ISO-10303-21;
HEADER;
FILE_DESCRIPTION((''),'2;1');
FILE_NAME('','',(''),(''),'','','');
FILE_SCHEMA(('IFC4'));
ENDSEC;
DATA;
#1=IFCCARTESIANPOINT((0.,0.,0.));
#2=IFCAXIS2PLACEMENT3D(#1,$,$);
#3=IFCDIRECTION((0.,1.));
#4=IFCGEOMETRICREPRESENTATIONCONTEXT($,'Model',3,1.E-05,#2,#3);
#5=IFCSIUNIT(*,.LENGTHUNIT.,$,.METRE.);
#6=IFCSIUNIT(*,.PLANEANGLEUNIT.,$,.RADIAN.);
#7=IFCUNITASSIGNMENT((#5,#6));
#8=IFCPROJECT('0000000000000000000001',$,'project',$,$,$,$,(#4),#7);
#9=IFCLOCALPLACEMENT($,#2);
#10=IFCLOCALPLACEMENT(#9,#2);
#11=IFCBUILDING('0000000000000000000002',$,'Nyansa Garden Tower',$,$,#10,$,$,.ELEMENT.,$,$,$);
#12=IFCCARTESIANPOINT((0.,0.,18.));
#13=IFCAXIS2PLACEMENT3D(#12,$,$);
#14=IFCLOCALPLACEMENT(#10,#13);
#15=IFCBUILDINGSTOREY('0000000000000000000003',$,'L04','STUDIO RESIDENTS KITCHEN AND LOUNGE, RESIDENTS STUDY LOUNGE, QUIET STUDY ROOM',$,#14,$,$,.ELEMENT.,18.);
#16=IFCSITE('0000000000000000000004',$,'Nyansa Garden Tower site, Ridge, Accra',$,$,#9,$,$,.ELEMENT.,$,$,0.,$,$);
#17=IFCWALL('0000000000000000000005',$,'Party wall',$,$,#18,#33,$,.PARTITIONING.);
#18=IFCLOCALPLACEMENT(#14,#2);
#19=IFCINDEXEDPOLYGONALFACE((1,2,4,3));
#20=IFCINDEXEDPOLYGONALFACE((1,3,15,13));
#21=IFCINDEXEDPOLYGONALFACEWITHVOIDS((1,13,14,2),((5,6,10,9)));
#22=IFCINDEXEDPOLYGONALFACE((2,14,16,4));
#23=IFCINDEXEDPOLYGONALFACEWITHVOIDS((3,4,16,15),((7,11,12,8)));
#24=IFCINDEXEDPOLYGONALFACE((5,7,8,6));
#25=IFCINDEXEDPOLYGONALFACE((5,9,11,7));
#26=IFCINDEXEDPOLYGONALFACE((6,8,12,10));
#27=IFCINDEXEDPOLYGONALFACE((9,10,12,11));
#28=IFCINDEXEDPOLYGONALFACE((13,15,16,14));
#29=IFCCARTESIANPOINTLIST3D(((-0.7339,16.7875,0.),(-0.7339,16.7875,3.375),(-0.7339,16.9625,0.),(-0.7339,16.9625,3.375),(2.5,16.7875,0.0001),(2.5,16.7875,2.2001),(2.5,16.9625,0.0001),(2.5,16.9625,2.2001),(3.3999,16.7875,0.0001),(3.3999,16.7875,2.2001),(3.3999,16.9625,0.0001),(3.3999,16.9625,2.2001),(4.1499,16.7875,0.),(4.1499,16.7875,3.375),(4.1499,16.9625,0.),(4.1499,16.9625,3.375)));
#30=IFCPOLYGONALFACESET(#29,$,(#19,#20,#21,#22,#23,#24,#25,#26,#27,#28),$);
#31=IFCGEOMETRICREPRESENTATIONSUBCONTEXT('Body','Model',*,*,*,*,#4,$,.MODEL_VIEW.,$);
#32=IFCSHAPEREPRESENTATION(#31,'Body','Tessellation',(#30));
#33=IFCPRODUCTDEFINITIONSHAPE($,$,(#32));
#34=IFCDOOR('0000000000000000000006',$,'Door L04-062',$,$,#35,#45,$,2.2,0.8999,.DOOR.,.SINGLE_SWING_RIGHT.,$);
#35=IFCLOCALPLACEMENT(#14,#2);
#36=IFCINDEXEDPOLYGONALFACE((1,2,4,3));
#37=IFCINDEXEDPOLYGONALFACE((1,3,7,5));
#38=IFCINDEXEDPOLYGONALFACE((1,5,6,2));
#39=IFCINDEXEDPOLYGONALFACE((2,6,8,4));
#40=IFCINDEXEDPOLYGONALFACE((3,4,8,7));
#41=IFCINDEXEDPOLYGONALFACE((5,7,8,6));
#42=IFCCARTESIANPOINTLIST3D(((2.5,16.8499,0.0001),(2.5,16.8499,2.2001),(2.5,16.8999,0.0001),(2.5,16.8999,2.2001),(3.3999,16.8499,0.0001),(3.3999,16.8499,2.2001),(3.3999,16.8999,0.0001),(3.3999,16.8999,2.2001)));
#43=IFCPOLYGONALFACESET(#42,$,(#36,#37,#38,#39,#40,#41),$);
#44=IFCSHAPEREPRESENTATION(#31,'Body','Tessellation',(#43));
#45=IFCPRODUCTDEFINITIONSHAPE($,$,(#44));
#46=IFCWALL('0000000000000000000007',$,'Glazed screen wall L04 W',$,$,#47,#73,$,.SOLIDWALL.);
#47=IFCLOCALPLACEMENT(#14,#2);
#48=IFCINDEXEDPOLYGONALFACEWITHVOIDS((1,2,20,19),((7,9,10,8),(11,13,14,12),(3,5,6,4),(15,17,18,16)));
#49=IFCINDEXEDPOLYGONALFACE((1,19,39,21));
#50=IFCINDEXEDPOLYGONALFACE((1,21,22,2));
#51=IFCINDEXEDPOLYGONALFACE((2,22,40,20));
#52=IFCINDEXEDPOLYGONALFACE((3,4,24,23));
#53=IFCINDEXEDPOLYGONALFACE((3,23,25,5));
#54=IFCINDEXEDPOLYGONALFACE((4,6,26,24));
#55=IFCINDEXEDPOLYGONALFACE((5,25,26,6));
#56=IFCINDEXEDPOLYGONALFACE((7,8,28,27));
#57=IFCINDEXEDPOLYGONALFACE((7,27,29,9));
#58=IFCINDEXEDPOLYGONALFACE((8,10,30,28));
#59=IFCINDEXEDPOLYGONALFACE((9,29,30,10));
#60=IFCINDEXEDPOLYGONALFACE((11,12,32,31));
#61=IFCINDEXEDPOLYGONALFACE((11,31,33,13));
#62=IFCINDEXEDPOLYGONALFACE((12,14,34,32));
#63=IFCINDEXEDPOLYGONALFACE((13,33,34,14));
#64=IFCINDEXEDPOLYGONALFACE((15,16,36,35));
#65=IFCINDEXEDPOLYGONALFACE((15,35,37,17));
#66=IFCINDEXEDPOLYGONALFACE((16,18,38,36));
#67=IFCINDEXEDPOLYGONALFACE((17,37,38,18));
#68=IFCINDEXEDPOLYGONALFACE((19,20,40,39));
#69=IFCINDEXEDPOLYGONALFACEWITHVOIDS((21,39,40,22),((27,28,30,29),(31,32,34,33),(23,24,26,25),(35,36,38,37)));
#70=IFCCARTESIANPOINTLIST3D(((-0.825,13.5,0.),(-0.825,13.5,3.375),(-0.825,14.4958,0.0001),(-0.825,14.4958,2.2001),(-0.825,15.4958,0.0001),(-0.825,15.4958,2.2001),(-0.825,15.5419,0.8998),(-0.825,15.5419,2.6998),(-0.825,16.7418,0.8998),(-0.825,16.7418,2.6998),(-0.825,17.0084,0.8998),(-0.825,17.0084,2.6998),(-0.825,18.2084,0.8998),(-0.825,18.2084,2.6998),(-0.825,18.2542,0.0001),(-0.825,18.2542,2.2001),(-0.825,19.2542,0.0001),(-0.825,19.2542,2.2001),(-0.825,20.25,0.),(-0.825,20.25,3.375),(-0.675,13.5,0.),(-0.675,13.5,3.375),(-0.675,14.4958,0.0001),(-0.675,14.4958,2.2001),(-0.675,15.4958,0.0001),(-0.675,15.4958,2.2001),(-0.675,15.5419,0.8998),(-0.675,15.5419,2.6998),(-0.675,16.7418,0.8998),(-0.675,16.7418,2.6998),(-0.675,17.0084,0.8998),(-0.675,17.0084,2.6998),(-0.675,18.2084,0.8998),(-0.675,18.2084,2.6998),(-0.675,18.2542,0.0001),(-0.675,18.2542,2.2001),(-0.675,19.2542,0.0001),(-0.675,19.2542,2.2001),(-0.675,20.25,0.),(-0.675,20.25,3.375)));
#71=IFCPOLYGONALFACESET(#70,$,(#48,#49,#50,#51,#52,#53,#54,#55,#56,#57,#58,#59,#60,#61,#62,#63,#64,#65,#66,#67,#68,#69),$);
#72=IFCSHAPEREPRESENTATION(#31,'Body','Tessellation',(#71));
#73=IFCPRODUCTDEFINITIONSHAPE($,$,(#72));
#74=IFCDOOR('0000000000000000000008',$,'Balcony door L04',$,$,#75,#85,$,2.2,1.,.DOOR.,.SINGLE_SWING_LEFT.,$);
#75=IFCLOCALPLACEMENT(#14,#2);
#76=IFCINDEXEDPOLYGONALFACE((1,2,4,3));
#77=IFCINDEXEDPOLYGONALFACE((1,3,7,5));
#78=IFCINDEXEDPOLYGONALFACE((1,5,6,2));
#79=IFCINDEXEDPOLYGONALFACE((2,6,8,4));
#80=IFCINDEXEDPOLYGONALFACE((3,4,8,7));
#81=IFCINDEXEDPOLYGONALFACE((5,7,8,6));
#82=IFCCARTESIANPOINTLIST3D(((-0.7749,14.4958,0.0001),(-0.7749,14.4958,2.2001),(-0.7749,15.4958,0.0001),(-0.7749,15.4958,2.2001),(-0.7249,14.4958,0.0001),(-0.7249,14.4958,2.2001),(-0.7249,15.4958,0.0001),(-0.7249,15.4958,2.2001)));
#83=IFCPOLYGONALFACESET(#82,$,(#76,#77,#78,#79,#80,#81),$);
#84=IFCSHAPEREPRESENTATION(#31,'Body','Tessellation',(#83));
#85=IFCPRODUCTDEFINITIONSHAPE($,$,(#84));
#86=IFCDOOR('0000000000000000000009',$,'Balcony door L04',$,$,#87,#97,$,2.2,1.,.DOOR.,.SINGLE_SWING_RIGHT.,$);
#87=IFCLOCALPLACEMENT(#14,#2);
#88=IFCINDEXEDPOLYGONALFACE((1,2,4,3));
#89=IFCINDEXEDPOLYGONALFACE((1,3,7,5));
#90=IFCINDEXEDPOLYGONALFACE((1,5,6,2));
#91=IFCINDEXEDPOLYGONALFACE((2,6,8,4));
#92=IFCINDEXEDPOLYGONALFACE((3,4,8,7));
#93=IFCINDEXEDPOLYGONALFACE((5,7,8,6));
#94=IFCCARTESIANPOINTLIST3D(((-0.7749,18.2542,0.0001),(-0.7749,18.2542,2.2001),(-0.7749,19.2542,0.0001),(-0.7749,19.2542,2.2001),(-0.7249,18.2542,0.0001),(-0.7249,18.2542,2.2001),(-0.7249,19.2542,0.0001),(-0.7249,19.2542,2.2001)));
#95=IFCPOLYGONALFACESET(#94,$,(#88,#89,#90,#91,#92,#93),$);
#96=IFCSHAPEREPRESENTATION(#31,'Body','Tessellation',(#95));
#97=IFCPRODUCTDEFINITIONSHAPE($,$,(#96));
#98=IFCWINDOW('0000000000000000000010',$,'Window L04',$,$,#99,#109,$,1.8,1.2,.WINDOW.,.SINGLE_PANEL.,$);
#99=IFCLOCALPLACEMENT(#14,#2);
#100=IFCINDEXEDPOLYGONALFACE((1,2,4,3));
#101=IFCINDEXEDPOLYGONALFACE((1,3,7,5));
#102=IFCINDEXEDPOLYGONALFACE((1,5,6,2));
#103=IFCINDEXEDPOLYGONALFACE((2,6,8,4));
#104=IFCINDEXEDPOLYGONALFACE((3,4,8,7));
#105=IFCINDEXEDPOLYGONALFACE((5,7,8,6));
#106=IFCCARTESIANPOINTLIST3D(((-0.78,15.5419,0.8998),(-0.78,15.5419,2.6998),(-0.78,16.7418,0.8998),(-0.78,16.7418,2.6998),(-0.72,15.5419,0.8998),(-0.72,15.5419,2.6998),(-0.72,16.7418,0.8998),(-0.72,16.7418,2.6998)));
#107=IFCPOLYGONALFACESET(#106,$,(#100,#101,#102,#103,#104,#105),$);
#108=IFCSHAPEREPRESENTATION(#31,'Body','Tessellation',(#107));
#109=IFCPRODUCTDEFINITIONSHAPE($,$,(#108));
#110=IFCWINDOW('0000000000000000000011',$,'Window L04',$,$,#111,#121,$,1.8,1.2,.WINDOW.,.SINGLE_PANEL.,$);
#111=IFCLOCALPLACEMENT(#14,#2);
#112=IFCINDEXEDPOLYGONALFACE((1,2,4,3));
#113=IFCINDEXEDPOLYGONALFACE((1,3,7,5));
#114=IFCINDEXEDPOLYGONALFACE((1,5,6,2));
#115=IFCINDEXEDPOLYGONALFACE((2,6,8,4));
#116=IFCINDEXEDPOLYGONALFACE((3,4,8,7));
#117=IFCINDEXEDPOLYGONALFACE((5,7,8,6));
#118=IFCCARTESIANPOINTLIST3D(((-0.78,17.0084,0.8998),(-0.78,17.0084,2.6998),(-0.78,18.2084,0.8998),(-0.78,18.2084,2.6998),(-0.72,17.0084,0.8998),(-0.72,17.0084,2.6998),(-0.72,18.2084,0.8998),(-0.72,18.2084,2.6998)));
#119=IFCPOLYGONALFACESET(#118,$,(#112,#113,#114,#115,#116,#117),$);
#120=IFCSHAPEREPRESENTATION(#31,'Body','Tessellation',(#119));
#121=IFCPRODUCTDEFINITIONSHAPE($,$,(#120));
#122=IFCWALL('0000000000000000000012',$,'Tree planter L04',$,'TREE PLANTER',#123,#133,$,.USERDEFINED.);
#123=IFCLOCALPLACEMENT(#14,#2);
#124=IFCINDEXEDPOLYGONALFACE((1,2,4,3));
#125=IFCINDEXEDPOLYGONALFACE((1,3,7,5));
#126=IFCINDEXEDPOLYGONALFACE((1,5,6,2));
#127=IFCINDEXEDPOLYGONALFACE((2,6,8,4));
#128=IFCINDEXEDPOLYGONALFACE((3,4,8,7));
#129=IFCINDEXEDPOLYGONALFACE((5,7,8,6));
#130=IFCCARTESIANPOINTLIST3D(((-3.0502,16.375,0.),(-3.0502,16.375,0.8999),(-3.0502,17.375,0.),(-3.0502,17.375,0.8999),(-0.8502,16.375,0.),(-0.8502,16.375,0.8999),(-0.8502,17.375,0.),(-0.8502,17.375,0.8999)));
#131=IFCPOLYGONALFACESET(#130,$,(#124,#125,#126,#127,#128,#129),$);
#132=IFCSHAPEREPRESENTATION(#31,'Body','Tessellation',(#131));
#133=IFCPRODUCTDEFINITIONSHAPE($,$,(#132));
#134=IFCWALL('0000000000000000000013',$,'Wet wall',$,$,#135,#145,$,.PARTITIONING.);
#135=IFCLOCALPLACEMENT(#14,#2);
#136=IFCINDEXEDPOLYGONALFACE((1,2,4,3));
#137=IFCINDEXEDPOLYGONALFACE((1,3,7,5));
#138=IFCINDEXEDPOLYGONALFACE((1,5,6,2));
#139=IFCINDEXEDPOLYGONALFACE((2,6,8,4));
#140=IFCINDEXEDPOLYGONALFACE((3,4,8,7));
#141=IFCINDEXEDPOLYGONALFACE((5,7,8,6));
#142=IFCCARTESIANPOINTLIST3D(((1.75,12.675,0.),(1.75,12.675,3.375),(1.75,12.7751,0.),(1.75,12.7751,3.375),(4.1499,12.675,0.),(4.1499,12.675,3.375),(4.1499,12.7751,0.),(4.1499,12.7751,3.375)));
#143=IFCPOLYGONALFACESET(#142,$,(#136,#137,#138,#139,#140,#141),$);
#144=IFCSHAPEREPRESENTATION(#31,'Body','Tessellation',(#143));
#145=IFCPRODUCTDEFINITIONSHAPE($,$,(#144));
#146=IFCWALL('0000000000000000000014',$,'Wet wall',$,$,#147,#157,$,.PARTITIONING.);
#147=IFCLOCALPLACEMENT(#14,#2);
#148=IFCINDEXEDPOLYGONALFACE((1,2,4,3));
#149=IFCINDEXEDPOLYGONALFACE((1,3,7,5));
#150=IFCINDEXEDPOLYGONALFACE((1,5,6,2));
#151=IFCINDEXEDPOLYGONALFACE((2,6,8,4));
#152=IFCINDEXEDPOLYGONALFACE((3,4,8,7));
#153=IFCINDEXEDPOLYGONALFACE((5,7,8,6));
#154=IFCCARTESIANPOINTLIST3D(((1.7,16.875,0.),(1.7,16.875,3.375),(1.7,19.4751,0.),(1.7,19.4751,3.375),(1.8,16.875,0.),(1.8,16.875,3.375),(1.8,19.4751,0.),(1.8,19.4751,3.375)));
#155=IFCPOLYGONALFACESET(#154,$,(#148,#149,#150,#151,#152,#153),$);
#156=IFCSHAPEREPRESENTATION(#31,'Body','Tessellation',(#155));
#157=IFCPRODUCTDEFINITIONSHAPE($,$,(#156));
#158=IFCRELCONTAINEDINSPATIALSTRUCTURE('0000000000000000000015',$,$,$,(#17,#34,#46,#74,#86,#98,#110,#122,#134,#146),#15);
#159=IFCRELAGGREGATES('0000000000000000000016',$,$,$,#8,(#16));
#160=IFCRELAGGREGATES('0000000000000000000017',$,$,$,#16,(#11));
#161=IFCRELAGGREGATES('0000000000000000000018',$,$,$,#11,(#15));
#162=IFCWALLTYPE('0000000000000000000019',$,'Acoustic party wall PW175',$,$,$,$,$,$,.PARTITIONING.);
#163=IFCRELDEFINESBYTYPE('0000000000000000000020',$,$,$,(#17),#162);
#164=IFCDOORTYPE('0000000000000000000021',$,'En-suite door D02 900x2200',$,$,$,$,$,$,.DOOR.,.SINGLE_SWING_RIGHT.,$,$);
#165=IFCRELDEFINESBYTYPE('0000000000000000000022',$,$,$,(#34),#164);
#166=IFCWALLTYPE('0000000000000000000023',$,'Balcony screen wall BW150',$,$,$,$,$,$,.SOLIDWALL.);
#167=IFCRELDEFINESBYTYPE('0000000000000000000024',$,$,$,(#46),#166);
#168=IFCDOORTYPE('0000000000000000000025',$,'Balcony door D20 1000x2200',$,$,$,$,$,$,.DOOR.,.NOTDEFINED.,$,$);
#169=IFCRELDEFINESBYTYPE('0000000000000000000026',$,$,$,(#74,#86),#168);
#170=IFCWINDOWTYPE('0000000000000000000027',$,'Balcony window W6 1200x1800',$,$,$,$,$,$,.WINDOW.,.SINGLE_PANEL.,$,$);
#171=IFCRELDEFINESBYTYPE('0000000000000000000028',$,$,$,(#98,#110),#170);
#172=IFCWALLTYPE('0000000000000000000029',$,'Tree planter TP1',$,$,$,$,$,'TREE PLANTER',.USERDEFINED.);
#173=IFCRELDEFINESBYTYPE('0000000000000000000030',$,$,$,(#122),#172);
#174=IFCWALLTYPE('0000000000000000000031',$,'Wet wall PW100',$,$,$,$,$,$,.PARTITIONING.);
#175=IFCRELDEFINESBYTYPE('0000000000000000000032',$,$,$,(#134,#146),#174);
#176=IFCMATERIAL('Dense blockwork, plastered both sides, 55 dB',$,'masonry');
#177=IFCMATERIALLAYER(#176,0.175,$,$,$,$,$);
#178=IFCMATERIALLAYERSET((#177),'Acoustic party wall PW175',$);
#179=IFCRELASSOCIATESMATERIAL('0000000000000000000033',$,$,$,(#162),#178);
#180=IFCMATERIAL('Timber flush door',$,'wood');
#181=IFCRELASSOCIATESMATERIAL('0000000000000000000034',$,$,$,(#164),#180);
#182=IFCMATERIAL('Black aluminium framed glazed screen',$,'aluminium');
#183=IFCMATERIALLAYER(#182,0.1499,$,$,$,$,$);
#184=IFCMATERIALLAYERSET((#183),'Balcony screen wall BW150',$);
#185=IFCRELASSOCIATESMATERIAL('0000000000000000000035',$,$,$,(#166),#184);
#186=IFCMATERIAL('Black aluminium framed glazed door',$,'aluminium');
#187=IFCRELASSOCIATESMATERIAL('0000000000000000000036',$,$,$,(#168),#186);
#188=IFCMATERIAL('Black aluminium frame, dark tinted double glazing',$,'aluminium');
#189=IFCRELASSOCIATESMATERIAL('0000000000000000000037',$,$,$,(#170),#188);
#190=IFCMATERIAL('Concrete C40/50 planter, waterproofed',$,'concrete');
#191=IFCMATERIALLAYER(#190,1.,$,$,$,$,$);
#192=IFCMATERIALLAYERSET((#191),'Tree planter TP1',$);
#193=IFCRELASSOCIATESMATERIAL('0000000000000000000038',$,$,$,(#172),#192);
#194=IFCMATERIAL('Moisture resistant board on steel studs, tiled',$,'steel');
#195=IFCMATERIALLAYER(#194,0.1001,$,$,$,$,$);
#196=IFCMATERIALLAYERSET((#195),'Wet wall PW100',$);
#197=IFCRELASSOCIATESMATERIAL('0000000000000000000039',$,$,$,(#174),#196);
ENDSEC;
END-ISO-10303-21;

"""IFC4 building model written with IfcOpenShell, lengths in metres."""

from ifc_helpers import new_model, si_unit, direction, frame, frame_2d, origin, place, context, subcontext, project, spatial, rectangle, extrude, material, layer, layer_set, type_object, element, fill, save


model = new_model("IFC4")

# Units and contexts
model_context = context("Model", 3, precision=1e-05, world=origin(), true_north=direction((0.0, 1.0)))
body_context = subcontext(model_context, "Body", "Model", "MODEL_VIEW")
ifc_project = project(units=[si_unit("LENGTHUNIT", "METRE"), si_unit("PLANEANGLEUNIT", "RADIAN")], contexts=[model_context])

# Site, building, storey
site_placement = place(None, origin())
site = spatial("IfcSite", under=ifc_project, at=site_placement, Name="Nyansa Garden Tower site, Ridge, Accra", CompositionType="ELEMENT", RefElevation=0.0)
building_placement = place(site_placement, origin())
building = spatial("IfcBuilding", under=site, at=building_placement, Name="Nyansa Garden Tower", CompositionType="ELEMENT")
storey_placement = place(building_placement, frame((0.0, 0.0, 18.0)))
storey = spatial("IfcBuildingStorey", under=building, at=storey_placement, Name="L04", Description="STUDIO RESIDENTS KITCHEN AND LOUNGE, RESIDENTS STUDY LOUNGE, QUIET STUDY ROOM", CompositionType="ELEMENT", Elevation=18.0)

# Wall, opening, door
ifc_material_1 = material(Name="Dense blockwork, plastered both sides, 55 dB", Category="masonry")
ifc_layer_1 = layer(ifc_material_1, 0.175)
ifc_layer_set_1 = layer_set([ifc_layer_1], Name="Acoustic party wall PW175")
wall_type_1 = type_object("IfcWallType", Name="Acoustic party wall PW175", PredefinedType="PARTITIONING", material=ifc_layer_set_1)
wall_1_placement = place(storey_placement, frame((-0.7339, 16.875, 0.0), z_axis=(0.0, 0.0, 1.0), x_axis=(1.0, 0.0, 0.0)))
wall_1 = element("IfcWall", 1, at=wall_1_placement, inside=storey, type_object=wall_type_1, Name="Party wall", PredefinedType="PARTITIONING", context=body_context, shape_type="SweptSolid", body=[
    extrude(rectangle(XDim=4.8838, YDim=0.175, at=frame_2d((2.4419, 0.0))), origin(), (0.0, 0.0, 1.0), 3.375),
])
opening_1_placement = place(wall_1_placement, frame((3.2339, 0.0, 0.0)))
opening_1 = element("IfcOpeningElement", 2, at=opening_1_placement, cuts=wall_1, PredefinedType="OPENING", context=body_context, shape_type="SweptSolid", body=[
    extrude(rectangle(XDim=0.8999, YDim=2.2, at=frame_2d((0.45, 1.1001))), frame((0.0, 0.0974, 0.0), z_axis=(0.0, -1.0, 0.0), x_axis=(1.0, 0.0, 0.0)), (0.0, 0.0, 1.0), 0.1951),
])
ifc_material_2 = material(Name="Timber flush door", Category="wood")
door_type_1 = type_object("IfcDoorType", Name="En-suite door D02 900x2200", OperationType="SINGLE_SWING_RIGHT", PredefinedType="DOOR", material=ifc_material_2)
door_1_placement = place(opening_1_placement, origin())
door_1 = element("IfcDoor", 3, at=door_1_placement, inside=storey, type_object=door_type_1, Name="Door L04-062", OperationType="SINGLE_SWING_RIGHT", OverallHeight=2.2, OverallWidth=0.8999, PredefinedType="DOOR", context=body_context, shape_type="SweptSolid", body=[
    extrude(rectangle(XDim=0.8999, YDim=2.2, at=frame_2d((0.45, 1.1001))), frame((0.0, 0.0249, 0.0), z_axis=(0.0, -1.0, 0.0), x_axis=(1.0, 0.0, 0.0)), (0.0, 0.0, 1.0), 0.05),
])
fill(opening_1, door_1)

# Wall, openings, doors, windows
ifc_material_3 = material(Name="Black aluminium framed glazed screen", Category="aluminium")
ifc_layer_2 = layer(ifc_material_3, 0.1499)
ifc_layer_set_2 = layer_set([ifc_layer_2], Name="Balcony screen wall BW150")
wall_type_2 = type_object("IfcWallType", Name="Balcony screen wall BW150", PredefinedType="SOLIDWALL", material=ifc_layer_set_2)
wall_2_placement = place(storey_placement, frame((-0.75, 13.5, 0.0), z_axis=(0.0, 0.0, 1.0), x_axis=(0.0, 1.0, 0.0)))
wall_2 = element("IfcWall", 4, at=wall_2_placement, inside=storey, type_object=wall_type_2, Name="Glazed screen wall L04 W", PredefinedType="SOLIDWALL", context=body_context, shape_type="SweptSolid", body=[
    extrude(rectangle(XDim=6.75, YDim=0.1499, at=frame_2d((3.375, 0.0))), origin(), (0.0, 0.0, 1.0), 3.375),
])
opening_2_placement = place(wall_2_placement, frame((0.9958, 0.0, 0.0)))
opening_2 = element("IfcOpeningElement", 5, at=opening_2_placement, cuts=wall_2, PredefinedType="OPENING", context=body_context, shape_type="SweptSolid", body=[
    extrude(rectangle(XDim=1.0, YDim=2.2, at=frame_2d((0.5, 1.1001))), frame((0.0, 0.085, 0.0), z_axis=(0.0, -1.0, 0.0), x_axis=(1.0, 0.0, 0.0)), (0.0, 0.0, 1.0), 0.1699),
])
opening_3_placement = place(wall_2_placement, frame((2.0417, 0.0, 0.8999)))
opening_3 = element("IfcOpeningElement", 6, at=opening_3_placement, cuts=wall_2, PredefinedType="OPENING", context=body_context, shape_type="SweptSolid", body=[
    extrude(rectangle(XDim=1.2, YDim=1.8, at=frame_2d((0.6001, 0.8999))), frame((0.0, 0.085, 0.0), z_axis=(0.0, -1.0, 0.0), x_axis=(1.0, 0.0, 0.0)), (0.0, 0.0, 1.0), 0.1699),
])
opening_4_placement = place(wall_2_placement, frame((4.7542, 0.0, 0.0)))
opening_4 = element("IfcOpeningElement", 7, at=opening_4_placement, cuts=wall_2, PredefinedType="OPENING", context=body_context, shape_type="SweptSolid", body=[
    extrude(rectangle(XDim=1.0, YDim=2.2, at=frame_2d((0.5, 1.1001))), frame((0.0, 0.085, 0.0), z_axis=(0.0, -1.0, 0.0), x_axis=(1.0, 0.0, 0.0)), (0.0, 0.0, 1.0), 0.1699),
])
opening_5_placement = place(wall_2_placement, frame((3.5083, 0.0, 0.8999)))
opening_5 = element("IfcOpeningElement", 8, at=opening_5_placement, cuts=wall_2, PredefinedType="OPENING", context=body_context, shape_type="SweptSolid", body=[
    extrude(rectangle(XDim=1.2, YDim=1.8, at=frame_2d((0.6001, 0.8999))), frame((0.0, 0.085, 0.0), z_axis=(0.0, -1.0, 0.0), x_axis=(1.0, 0.0, 0.0)), (0.0, 0.0, 1.0), 0.1699),
])
ifc_material_4 = material(Name="Black aluminium framed glazed door", Category="aluminium")
door_type_2 = type_object("IfcDoorType", Name="Balcony door D20 1000x2200", OperationType="NOTDEFINED", PredefinedType="DOOR", material=ifc_material_4)
door_2_placement = place(opening_2_placement, origin())
door_2 = element("IfcDoor", 9, at=door_2_placement, inside=storey, type_object=door_type_2, Name="Balcony door L04", OperationType="SINGLE_SWING_LEFT", OverallHeight=2.2, OverallWidth=1.0, PredefinedType="DOOR", context=body_context, shape_type="SweptSolid", body=[
    extrude(rectangle(XDim=1.0, YDim=2.2, at=frame_2d((0.5, 1.1001))), frame((0.0, 0.0249, 0.0), z_axis=(0.0, -1.0, 0.0), x_axis=(1.0, 0.0, 0.0)), (0.0, 0.0, 1.0), 0.05),
])
fill(opening_2, door_2)
door_3_placement = place(opening_4_placement, origin())
door_3 = element("IfcDoor", 10, at=door_3_placement, inside=storey, type_object=door_type_2, Name="Balcony door L04", OperationType="SINGLE_SWING_RIGHT", OverallHeight=2.2, OverallWidth=1.0, PredefinedType="DOOR", context=body_context, shape_type="SweptSolid", body=[
    extrude(rectangle(XDim=1.0, YDim=2.2, at=frame_2d((0.5, 1.1001))), frame((0.0, 0.0249, 0.0), z_axis=(0.0, -1.0, 0.0), x_axis=(1.0, 0.0, 0.0)), (0.0, 0.0, 1.0), 0.05),
])
fill(opening_4, door_3)
ifc_material_5 = material(Name="Black aluminium frame, dark tinted double glazing", Category="aluminium")
window_type = type_object("IfcWindowType", Name="Balcony window W6 1200x1800", PartitioningType="SINGLE_PANEL", PredefinedType="WINDOW", material=ifc_material_5)
window_1_placement = place(opening_3_placement, origin())
window_1 = element("IfcWindow", 11, at=window_1_placement, inside=storey, type_object=window_type, Name="Window L04", OverallHeight=1.8, OverallWidth=1.2, PartitioningType="SINGLE_PANEL", PredefinedType="WINDOW", context=body_context, shape_type="SweptSolid", body=[
    extrude(rectangle(XDim=1.2, YDim=1.8, at=frame_2d((0.6001, 0.8999))), frame((0.0, 0.03, 0.0), z_axis=(0.0, -1.0, 0.0), x_axis=(1.0, 0.0, 0.0)), (0.0, 0.0, 1.0), 0.0601),
])
fill(opening_3, window_1)
window_2_placement = place(opening_5_placement, origin())
window_2 = element("IfcWindow", 12, at=window_2_placement, inside=storey, type_object=window_type, Name="Window L04", OverallHeight=1.8, OverallWidth=1.2, PartitioningType="SINGLE_PANEL", PredefinedType="WINDOW", context=body_context, shape_type="SweptSolid", body=[
    extrude(rectangle(XDim=1.2, YDim=1.8, at=frame_2d((0.6001, 0.8999))), frame((0.0, 0.03, 0.0), z_axis=(0.0, -1.0, 0.0), x_axis=(1.0, 0.0, 0.0)), (0.0, 0.0, 1.0), 0.0601),
])
fill(opening_5, window_2)

# Walls
ifc_material_6 = material(Name="Concrete C40/50 planter, waterproofed", Category="concrete")
ifc_layer_3 = layer(ifc_material_6, 1.0)
ifc_layer_set_3 = layer_set([ifc_layer_3], Name="Tree planter TP1")
wall_type_3 = type_object("IfcWallType", Name="Tree planter TP1", ElementType="TREE PLANTER", PredefinedType="USERDEFINED", material=ifc_layer_set_3)
wall_3_placement = place(storey_placement, frame((-0.8501, 16.875, 0.0), z_axis=(0.0, 0.0, 1.0), x_axis=(-1.0, 0.0, 0.0)))
element("IfcWall", 13, at=wall_3_placement, inside=storey, type_object=wall_type_3, Name="Tree planter L04", ObjectType="TREE PLANTER", PredefinedType="USERDEFINED", context=body_context, shape_type="SweptSolid", body=[
    extrude(rectangle(XDim=2.2, YDim=1.0, at=frame_2d((1.1001, 0.0))), origin(), (0.0, 0.0, 1.0), 0.8999),
])
ifc_material_7 = material(Name="Moisture resistant board on steel studs, tiled", Category="steel")
ifc_layer_4 = layer(ifc_material_7, 0.1001)
ifc_layer_set_4 = layer_set([ifc_layer_4], Name="Wet wall PW100")
wall_type_4 = type_object("IfcWallType", Name="Wet wall PW100", PredefinedType="PARTITIONING", material=ifc_layer_set_4)
wall_4_placement = place(storey_placement, frame((1.75, 12.7251, 0.0), z_axis=(0.0, 0.0, 1.0), x_axis=(1.0, 0.0, 0.0)))
element("IfcWall", 14, at=wall_4_placement, inside=storey, type_object=wall_type_4, Name="Wet wall", PredefinedType="PARTITIONING", context=body_context, shape_type="SweptSolid", body=[
    extrude(rectangle(XDim=2.3999, YDim=0.1001, at=frame_2d((1.2, 0.0))), origin(), (0.0, 0.0, 1.0), 3.375),
])
wall_5_placement = place(storey_placement, frame((1.75, 16.875, 0.0), z_axis=(0.0, 0.0, 1.0), x_axis=(0.0, 1.0, 0.0)))
element("IfcWall", 15, at=wall_5_placement, inside=storey, type_object=wall_type_4, Name="Wet wall", PredefinedType="PARTITIONING", context=body_context, shape_type="SweptSolid", body=[
    extrude(rectangle(XDim=2.6001, YDim=0.1001, at=frame_2d((1.3, 0.0))), origin(), (0.0, 0.0, 1.0), 3.375),
])

save(model, "model.ifc")
